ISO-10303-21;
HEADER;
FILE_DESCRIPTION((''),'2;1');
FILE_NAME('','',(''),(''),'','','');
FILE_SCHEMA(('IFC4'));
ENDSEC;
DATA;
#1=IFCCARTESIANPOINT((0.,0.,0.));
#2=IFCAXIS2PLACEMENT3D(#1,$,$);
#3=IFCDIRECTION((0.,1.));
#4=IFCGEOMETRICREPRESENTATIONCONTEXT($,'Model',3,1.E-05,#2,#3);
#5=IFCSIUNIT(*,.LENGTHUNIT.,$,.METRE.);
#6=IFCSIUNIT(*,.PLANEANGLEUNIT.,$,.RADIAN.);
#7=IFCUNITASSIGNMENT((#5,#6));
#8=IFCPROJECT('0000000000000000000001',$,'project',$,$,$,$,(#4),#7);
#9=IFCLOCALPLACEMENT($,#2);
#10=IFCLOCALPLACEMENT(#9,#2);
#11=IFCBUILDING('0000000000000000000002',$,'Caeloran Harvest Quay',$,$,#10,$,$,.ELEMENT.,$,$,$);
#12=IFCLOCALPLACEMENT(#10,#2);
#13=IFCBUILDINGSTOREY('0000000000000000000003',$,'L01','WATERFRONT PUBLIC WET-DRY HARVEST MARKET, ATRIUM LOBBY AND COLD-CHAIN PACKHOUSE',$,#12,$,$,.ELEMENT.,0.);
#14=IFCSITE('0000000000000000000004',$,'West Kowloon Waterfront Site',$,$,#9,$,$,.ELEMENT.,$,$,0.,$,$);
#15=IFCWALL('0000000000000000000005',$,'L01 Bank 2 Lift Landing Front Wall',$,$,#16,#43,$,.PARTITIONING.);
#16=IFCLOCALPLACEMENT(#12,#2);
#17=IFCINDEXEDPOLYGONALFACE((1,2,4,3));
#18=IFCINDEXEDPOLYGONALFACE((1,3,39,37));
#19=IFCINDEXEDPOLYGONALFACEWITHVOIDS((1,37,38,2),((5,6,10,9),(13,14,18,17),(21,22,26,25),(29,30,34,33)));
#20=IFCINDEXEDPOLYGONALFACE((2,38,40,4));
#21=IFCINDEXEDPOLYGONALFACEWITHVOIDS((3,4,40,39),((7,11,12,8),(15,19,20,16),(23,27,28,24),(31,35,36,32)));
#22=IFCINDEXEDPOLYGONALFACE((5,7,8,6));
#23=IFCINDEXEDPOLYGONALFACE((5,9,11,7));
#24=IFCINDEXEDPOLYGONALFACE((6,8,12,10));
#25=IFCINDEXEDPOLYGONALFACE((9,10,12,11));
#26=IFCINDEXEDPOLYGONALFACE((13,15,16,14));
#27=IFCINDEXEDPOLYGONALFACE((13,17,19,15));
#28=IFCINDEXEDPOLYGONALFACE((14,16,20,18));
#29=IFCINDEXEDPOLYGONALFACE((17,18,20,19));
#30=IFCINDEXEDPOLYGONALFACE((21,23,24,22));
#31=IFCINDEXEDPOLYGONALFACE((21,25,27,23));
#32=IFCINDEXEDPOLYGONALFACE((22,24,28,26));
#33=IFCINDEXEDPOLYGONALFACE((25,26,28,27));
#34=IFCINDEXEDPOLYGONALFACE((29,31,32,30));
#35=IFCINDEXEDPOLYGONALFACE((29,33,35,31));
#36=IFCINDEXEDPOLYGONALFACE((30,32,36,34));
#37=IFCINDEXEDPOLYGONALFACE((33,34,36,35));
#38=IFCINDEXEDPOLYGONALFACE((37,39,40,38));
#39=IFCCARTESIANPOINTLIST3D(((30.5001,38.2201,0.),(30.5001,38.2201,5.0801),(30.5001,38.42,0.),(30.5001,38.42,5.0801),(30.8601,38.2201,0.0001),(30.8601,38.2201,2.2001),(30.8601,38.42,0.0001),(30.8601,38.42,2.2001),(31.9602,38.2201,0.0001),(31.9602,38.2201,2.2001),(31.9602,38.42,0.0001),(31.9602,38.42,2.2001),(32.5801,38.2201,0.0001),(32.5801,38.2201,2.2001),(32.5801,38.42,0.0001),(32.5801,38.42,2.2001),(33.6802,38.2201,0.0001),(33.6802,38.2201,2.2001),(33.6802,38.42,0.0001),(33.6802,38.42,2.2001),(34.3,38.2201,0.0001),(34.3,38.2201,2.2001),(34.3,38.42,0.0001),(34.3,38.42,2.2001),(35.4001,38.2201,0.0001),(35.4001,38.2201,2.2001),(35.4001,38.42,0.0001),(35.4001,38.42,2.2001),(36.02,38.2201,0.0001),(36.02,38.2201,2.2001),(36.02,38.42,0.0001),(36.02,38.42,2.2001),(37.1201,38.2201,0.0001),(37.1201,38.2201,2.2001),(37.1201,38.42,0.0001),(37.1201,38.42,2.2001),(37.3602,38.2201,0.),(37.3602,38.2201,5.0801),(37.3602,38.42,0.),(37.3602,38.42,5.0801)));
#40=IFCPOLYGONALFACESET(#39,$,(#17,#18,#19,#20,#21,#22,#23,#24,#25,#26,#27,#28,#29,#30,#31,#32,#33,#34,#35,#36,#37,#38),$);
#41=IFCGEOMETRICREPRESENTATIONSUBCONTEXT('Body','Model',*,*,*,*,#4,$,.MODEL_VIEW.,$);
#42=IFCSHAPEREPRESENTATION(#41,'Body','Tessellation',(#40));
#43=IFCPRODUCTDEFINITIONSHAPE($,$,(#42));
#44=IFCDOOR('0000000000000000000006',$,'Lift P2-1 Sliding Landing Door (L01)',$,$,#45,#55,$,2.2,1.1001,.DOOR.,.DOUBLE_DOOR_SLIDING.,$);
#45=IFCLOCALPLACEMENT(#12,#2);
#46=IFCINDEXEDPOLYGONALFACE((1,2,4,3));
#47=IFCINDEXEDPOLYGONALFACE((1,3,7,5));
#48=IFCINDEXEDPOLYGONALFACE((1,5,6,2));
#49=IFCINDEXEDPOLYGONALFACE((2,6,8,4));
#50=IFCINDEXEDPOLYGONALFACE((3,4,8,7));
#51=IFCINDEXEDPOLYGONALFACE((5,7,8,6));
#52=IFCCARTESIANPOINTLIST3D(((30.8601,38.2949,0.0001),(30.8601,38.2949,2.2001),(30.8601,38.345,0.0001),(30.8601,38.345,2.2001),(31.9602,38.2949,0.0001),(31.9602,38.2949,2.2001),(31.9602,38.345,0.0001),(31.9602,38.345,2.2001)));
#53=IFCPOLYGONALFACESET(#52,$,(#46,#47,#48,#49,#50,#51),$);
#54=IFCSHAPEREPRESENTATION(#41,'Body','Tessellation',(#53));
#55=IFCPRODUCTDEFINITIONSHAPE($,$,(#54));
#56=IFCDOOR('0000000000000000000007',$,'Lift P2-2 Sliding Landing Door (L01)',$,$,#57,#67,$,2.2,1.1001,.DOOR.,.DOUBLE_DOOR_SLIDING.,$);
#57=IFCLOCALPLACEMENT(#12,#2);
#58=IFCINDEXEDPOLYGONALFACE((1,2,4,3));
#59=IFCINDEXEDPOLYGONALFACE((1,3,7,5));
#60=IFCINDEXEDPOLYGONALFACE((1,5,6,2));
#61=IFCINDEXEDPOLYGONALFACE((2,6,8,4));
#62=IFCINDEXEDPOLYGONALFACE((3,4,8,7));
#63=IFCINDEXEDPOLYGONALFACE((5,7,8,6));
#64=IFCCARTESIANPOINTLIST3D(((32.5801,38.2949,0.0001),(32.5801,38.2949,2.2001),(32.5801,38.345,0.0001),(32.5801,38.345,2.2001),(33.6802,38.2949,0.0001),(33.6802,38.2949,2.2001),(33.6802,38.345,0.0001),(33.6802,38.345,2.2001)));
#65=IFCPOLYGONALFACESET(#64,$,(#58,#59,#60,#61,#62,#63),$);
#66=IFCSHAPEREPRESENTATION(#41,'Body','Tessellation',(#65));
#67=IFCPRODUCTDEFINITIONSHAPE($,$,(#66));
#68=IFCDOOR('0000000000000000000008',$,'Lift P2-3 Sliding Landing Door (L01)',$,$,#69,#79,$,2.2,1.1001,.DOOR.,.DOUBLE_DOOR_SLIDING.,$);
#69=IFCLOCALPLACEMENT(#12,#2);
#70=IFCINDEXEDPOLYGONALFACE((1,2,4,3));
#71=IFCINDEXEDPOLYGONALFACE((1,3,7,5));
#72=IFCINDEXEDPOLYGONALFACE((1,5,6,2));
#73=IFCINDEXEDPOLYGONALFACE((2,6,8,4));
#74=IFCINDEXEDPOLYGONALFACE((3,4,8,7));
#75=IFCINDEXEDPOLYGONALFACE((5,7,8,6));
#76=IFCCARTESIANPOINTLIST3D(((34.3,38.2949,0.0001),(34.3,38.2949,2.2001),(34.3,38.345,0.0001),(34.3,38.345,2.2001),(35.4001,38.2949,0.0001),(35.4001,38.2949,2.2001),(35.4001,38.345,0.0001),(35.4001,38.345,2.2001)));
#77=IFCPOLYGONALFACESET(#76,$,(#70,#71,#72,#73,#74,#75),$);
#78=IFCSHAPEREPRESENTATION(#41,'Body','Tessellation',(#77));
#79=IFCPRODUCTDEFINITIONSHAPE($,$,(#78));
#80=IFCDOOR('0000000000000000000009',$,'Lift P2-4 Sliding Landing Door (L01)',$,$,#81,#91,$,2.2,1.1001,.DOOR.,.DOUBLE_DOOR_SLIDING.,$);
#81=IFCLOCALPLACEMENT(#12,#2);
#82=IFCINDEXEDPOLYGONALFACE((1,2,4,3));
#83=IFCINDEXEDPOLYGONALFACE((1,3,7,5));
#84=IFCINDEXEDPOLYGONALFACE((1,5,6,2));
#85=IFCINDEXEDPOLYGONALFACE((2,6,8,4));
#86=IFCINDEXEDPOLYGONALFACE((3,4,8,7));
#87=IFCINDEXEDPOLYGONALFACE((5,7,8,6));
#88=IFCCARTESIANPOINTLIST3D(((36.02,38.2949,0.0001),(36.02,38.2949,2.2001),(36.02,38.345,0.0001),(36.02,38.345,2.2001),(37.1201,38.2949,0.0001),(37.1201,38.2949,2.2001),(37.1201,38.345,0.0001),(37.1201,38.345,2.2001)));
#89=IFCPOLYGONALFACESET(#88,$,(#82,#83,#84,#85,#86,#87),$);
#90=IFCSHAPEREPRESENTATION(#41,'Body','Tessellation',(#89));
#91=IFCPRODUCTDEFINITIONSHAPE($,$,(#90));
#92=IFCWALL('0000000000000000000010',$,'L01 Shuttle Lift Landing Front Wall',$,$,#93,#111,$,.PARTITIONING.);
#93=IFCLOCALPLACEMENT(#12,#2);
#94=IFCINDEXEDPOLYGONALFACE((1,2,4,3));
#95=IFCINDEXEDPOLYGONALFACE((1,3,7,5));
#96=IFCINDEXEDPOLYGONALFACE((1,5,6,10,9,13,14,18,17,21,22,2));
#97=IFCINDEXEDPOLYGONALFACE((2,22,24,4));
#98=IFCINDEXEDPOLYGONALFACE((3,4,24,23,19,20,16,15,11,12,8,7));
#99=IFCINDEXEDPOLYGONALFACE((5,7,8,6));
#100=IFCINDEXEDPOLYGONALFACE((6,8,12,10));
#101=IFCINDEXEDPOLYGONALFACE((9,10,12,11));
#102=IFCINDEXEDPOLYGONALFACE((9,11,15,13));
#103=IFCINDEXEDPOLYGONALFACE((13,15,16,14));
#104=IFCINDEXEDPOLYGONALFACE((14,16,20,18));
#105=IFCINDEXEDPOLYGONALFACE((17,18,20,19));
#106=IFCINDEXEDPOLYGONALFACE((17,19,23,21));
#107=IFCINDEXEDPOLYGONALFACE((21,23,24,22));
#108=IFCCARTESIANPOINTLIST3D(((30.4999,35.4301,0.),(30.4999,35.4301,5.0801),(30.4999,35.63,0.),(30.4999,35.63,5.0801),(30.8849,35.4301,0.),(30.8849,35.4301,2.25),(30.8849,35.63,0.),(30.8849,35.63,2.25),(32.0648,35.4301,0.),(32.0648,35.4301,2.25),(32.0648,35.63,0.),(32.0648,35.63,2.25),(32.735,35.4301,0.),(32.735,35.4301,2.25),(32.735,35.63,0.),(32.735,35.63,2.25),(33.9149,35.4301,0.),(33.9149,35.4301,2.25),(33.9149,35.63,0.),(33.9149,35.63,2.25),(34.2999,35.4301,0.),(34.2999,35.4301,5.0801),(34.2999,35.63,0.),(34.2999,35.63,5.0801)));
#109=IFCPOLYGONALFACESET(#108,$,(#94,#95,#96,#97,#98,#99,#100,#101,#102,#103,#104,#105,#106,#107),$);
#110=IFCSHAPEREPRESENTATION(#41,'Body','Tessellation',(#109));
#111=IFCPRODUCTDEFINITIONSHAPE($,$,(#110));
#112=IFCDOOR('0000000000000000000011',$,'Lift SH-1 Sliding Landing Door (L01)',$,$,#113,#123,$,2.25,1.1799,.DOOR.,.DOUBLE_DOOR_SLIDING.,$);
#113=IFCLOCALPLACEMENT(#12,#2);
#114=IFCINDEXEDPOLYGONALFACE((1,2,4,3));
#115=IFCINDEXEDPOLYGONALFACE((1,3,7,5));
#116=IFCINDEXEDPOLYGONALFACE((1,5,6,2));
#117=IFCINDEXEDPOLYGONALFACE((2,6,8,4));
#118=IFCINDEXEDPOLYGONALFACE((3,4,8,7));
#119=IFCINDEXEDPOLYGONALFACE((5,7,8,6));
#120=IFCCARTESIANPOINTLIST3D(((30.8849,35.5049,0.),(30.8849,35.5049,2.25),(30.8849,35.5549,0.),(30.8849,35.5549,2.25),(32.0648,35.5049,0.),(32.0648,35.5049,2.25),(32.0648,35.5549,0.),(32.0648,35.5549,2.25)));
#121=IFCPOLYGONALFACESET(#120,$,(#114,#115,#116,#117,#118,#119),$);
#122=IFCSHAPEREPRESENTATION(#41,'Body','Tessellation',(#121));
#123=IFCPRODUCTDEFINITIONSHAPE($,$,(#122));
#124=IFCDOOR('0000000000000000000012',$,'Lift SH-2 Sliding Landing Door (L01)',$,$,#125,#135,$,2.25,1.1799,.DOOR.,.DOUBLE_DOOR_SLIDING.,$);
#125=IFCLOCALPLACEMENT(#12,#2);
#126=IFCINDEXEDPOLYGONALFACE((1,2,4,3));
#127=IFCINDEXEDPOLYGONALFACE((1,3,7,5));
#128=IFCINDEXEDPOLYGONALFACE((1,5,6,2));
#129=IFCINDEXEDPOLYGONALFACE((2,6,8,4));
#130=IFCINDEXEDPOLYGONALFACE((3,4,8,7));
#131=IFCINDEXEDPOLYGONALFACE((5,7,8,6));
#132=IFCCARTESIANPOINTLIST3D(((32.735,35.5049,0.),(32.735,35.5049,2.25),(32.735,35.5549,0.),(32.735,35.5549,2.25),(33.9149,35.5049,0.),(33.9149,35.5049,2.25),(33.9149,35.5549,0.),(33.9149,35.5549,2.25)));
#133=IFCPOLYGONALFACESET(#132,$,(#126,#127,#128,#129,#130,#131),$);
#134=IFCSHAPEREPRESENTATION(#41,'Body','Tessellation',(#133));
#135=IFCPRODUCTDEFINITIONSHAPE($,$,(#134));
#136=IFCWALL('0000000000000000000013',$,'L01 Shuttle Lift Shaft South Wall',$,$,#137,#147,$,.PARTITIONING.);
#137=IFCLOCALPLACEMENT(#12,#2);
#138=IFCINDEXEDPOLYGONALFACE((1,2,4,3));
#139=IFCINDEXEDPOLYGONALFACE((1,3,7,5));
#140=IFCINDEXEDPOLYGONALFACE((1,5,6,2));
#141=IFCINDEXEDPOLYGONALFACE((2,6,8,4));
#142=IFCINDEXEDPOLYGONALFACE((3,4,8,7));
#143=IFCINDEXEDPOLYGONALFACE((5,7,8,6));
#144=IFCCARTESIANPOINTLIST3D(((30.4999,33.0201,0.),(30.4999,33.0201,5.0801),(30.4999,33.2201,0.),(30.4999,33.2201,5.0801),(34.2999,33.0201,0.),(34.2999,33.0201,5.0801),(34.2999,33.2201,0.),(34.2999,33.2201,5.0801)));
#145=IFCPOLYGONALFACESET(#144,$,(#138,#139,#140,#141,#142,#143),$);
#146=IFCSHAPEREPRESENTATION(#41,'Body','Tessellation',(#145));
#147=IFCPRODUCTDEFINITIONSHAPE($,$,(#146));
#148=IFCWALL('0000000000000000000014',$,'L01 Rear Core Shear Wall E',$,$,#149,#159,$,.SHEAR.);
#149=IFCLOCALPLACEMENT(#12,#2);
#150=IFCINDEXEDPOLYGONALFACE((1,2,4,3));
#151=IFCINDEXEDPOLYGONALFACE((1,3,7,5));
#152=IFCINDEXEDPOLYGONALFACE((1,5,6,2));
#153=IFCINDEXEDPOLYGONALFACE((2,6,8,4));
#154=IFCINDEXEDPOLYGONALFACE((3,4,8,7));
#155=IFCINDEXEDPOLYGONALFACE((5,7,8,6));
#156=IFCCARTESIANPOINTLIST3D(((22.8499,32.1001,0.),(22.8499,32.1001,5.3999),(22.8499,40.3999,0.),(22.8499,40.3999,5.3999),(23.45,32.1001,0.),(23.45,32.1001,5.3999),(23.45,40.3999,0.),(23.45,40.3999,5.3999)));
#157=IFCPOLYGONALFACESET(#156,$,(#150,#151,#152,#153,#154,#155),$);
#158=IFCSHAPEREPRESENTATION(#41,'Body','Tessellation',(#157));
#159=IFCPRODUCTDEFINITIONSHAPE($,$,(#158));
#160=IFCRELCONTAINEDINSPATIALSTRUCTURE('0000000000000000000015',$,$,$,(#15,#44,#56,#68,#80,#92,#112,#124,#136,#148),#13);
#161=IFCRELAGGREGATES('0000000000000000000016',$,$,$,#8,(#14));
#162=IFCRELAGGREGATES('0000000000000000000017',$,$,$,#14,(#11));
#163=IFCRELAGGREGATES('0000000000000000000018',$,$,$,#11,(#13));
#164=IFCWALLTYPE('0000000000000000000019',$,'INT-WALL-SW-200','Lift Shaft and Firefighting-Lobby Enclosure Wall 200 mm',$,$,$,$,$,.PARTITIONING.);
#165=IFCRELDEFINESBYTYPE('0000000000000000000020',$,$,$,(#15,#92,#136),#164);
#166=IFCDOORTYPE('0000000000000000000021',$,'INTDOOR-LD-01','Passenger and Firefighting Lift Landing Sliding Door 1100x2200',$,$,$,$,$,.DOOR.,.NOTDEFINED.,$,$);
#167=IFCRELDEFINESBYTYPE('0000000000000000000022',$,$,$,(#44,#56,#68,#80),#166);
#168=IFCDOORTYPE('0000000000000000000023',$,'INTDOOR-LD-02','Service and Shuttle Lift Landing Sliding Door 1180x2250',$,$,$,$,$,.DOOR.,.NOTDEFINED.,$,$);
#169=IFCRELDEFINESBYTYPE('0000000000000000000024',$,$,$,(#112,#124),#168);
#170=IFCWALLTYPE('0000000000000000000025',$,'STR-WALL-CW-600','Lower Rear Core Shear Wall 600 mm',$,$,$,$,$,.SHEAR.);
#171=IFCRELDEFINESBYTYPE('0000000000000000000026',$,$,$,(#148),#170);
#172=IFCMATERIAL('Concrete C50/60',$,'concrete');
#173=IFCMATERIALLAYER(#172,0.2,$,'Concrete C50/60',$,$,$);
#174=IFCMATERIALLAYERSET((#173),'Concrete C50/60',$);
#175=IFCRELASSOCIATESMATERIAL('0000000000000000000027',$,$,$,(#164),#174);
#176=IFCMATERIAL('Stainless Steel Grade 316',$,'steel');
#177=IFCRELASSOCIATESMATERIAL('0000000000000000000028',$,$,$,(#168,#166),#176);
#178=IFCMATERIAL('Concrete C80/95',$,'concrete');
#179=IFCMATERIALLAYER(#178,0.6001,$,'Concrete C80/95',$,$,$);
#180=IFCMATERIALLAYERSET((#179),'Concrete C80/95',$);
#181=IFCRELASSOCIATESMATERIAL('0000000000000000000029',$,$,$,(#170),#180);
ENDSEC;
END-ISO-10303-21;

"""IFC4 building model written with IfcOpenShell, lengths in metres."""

from ifc_helpers import new_model, si_unit, direction, frame, frame_2d, origin, place, context, subcontext, project, spatial, rectangle, extrude, material, layer, layer_set, type_object, element, fill, save


model = new_model("IFC4")

# Units and contexts
model_context = context("Model", 3, precision=1e-05, world=origin(), true_north=direction((0.0, 1.0)))
body_context = subcontext(model_context, "Body", "Model", "MODEL_VIEW")
ifc_project = project(units=[si_unit("LENGTHUNIT", "METRE"), si_unit("PLANEANGLEUNIT", "RADIAN")], contexts=[model_context])

# Site, building, storey
site_placement = place(None, origin())
site = spatial("IfcSite", under=ifc_project, at=site_placement, Name="West Kowloon Waterfront Site", CompositionType="ELEMENT", RefElevation=0.0)
building_placement = place(site_placement, origin())
building = spatial("IfcBuilding", under=site, at=building_placement, Name="Caeloran Harvest Quay", CompositionType="ELEMENT")
storey_placement = place(building_placement, origin())
storey = spatial("IfcBuildingStorey", under=building, at=storey_placement, Name="L01", Description="WATERFRONT PUBLIC WET-DRY HARVEST MARKET, ATRIUM LOBBY AND COLD-CHAIN PACKHOUSE", CompositionType="ELEMENT", Elevation=0.0)

# Shared definitions
ifc_material_1 = material(Name="Concrete C50/60", Category="concrete")
ifc_layer_1 = layer(ifc_material_1, 0.2, Name="Concrete C50/60")
ifc_layer_set_1 = layer_set([ifc_layer_1], Name="Concrete C50/60")
wall_type_1 = type_object("IfcWallType", Name="INT-WALL-SW-200", Description="Lift Shaft and Firefighting-Lobby Enclosure Wall 200 mm", PredefinedType="PARTITIONING", material=ifc_layer_set_1)
ifc_material_2 = material(Name="Stainless Steel Grade 316", Category="steel")
door_type_1 = type_object("IfcDoorType", Name="INTDOOR-LD-02", Description="Service and Shuttle Lift Landing Sliding Door 1180x2250", OperationType="NOTDEFINED", PredefinedType="DOOR", material=ifc_material_2)

# Shared definitions
door_type_2 = type_object("IfcDoorType", Name="INTDOOR-LD-01", Description="Passenger and Firefighting Lift Landing Sliding Door 1100x2200", OperationType="NOTDEFINED", PredefinedType="DOOR", material=ifc_material_2)

# Walls, openings, doors
wall_1_placement = place(storey_placement, frame((30.5, 38.3201, 0.0), z_axis=(0.0, 0.0, 1.0), x_axis=(1.0, 0.0, 0.0)))
wall_1 = element("IfcWall", 1, at=wall_1_placement, inside=storey, type_object=wall_type_1, Name="L01 Bank 2 Lift Landing Front Wall", PredefinedType="PARTITIONING", context=body_context, shape_type="SweptSolid", body=[
    extrude(rectangle(XDim=6.8601, YDim=0.2, at=frame_2d((3.4302, 0.0))), origin(), (0.0, 0.0, 1.0), 5.0801),
])
opening_1_placement = place(wall_1_placement, frame((0.3601, 0.0, 0.0)))
opening_1 = element("IfcOpeningElement", 2, at=opening_1_placement, cuts=wall_1, PredefinedType="OPENING", context=body_context, shape_type="SweptSolid", body=[
    extrude(rectangle(XDim=1.1001, YDim=2.2, at=frame_2d((0.55, 1.1001))), frame((0.0, 0.1099, 0.0), z_axis=(0.0, -1.0, 0.0), x_axis=(1.0, 0.0, 0.0)), (0.0, 0.0, 1.0), 0.22),
])
opening_2_placement = place(wall_1_placement, frame((2.0801, 0.0, 0.0)))
opening_2 = element("IfcOpeningElement", 3, at=opening_2_placement, cuts=wall_1, PredefinedType="OPENING", context=body_context, shape_type="SweptSolid", body=[
    extrude(rectangle(XDim=1.1001, YDim=2.2, at=frame_2d((0.55, 1.1001))), frame((0.0, 0.1099, 0.0), z_axis=(0.0, -1.0, 0.0), x_axis=(1.0, 0.0, 0.0)), (0.0, 0.0, 1.0), 0.22),
])
opening_3_placement = place(wall_1_placement, frame((3.8, 0.0, 0.0)))
opening_3 = element("IfcOpeningElement", 4, at=opening_3_placement, cuts=wall_1, PredefinedType="OPENING", context=body_context, shape_type="SweptSolid", body=[
    extrude(rectangle(XDim=1.1001, YDim=2.2, at=frame_2d((0.55, 1.1001))), frame((0.0, 0.1099, 0.0), z_axis=(0.0, -1.0, 0.0), x_axis=(1.0, 0.0, 0.0)), (0.0, 0.0, 1.0), 0.22),
])
opening_4_placement = place(wall_1_placement, frame((5.52, 0.0, 0.0)))
opening_4 = element("IfcOpeningElement", 5, at=opening_4_placement, cuts=wall_1, PredefinedType="OPENING", context=body_context, shape_type="SweptSolid", body=[
    extrude(rectangle(XDim=1.1001, YDim=2.2, at=frame_2d((0.55, 1.1001))), frame((0.0, 0.1099, 0.0), z_axis=(0.0, -1.0, 0.0), x_axis=(1.0, 0.0, 0.0)), (0.0, 0.0, 1.0), 0.22),
])
door_1_placement = place(opening_1_placement, origin())
door_1 = element("IfcDoor", 6, at=door_1_placement, inside=storey, type_object=door_type_2, Name="Lift P2-1 Sliding Landing Door (L01)", OperationType="DOUBLE_DOOR_SLIDING", OverallHeight=2.2, OverallWidth=1.1001, PredefinedType="DOOR", context=body_context, shape_type="SweptSolid", body=[
    extrude(rectangle(XDim=1.1001, YDim=2.2, at=frame_2d((0.55, 1.1001))), frame((0.0, 0.0249, 0.0), z_axis=(0.0, -1.0, 0.0), x_axis=(1.0, 0.0, 0.0)), (0.0, 0.0, 1.0), 0.05),
])
fill(opening_1, door_1)
door_2_placement = place(opening_2_placement, origin())
door_2 = element("IfcDoor", 7, at=door_2_placement, inside=storey, type_object=door_type_2, Name="Lift P2-2 Sliding Landing Door (L01)", OperationType="DOUBLE_DOOR_SLIDING", OverallHeight=2.2, OverallWidth=1.1001, PredefinedType="DOOR", context=body_context, shape_type="SweptSolid", body=[
    extrude(rectangle(XDim=1.1001, YDim=2.2, at=frame_2d((0.55, 1.1001))), frame((0.0, 0.0249, 0.0), z_axis=(0.0, -1.0, 0.0), x_axis=(1.0, 0.0, 0.0)), (0.0, 0.0, 1.0), 0.05),
])
fill(opening_2, door_2)
door_3_placement = place(opening_3_placement, origin())
door_3 = element("IfcDoor", 8, at=door_3_placement, inside=storey, type_object=door_type_2, Name="Lift P2-3 Sliding Landing Door (L01)", OperationType="DOUBLE_DOOR_SLIDING", OverallHeight=2.2, OverallWidth=1.1001, PredefinedType="DOOR", context=body_context, shape_type="SweptSolid", body=[
    extrude(rectangle(XDim=1.1001, YDim=2.2, at=frame_2d((0.55, 1.1001))), frame((0.0, 0.0249, 0.0), z_axis=(0.0, -1.0, 0.0), x_axis=(1.0, 0.0, 0.0)), (0.0, 0.0, 1.0), 0.05),
])
fill(opening_3, door_3)
door_4_placement = place(opening_4_placement, origin())
door_4 = element("IfcDoor", 9, at=door_4_placement, inside=storey, type_object=door_type_2, Name="Lift P2-4 Sliding Landing Door (L01)", OperationType="DOUBLE_DOOR_SLIDING", OverallHeight=2.2, OverallWidth=1.1001, PredefinedType="DOOR", context=body_context, shape_type="SweptSolid", body=[
    extrude(rectangle(XDim=1.1001, YDim=2.2, at=frame_2d((0.55, 1.1001))), frame((0.0, 0.0249, 0.0), z_axis=(0.0, -1.0, 0.0), x_axis=(1.0, 0.0, 0.0)), (0.0, 0.0, 1.0), 0.05),
])
fill(opening_4, door_4)
wall_2_placement = place(storey_placement, frame((30.5, 35.53, 0.0), z_axis=(0.0, 0.0, 1.0), x_axis=(1.0, 0.0, 0.0)))
wall_2 = element("IfcWall", 10, at=wall_2_placement, inside=storey, type_object=wall_type_1, Name="L01 Shuttle Lift Landing Front Wall", PredefinedType="PARTITIONING", context=body_context, shape_type="SweptSolid", body=[
    extrude(rectangle(XDim=3.8, YDim=0.2, at=frame_2d((1.8999, 0.0))), origin(), (0.0, 0.0, 1.0), 5.0801),
])
opening_5_placement = place(wall_2_placement, frame((0.385, 0.0, 0.0)))
opening_5 = element("IfcOpeningElement", 11, at=opening_5_placement, cuts=wall_2, PredefinedType="OPENING", context=body_context, shape_type="SweptSolid", body=[
    extrude(rectangle(XDim=1.1799, YDim=2.25, at=frame_2d((0.5898, 1.125))), frame((0.0, 0.1099, 0.0), z_axis=(0.0, -1.0, 0.0), x_axis=(1.0, 0.0, 0.0)), (0.0, 0.0, 1.0), 0.22),
])
opening_6_placement = place(wall_2_placement, frame((2.2351, 0.0, 0.0)))
opening_6 = element("IfcOpeningElement", 12, at=opening_6_placement, cuts=wall_2, PredefinedType="OPENING", context=body_context, shape_type="SweptSolid", body=[
    extrude(rectangle(XDim=1.1799, YDim=2.25, at=frame_2d((0.5898, 1.125))), frame((0.0, 0.1099, 0.0), z_axis=(0.0, -1.0, 0.0), x_axis=(1.0, 0.0, 0.0)), (0.0, 0.0, 1.0), 0.22),
])
door_5_placement = place(opening_5_placement, origin())
door_5 = element("IfcDoor", 13, at=door_5_placement, inside=storey, type_object=door_type_1, Name="Lift SH-1 Sliding Landing Door (L01)", OperationType="DOUBLE_DOOR_SLIDING", OverallHeight=2.25, OverallWidth=1.1799, PredefinedType="DOOR", context=body_context, shape_type="SweptSolid", body=[
    extrude(rectangle(XDim=1.1799, YDim=2.25, at=frame_2d((0.5898, 1.125))), frame((0.0, 0.0249, 0.0), z_axis=(0.0, -1.0, 0.0), x_axis=(1.0, 0.0, 0.0)), (0.0, 0.0, 1.0), 0.05),
])
fill(opening_5, door_5)
door_6_placement = place(opening_6_placement, origin())
door_6 = element("IfcDoor", 14, at=door_6_placement, inside=storey, type_object=door_type_1, Name="Lift SH-2 Sliding Landing Door (L01)", OperationType="DOUBLE_DOOR_SLIDING", OverallHeight=2.25, OverallWidth=1.1799, PredefinedType="DOOR", context=body_context, shape_type="SweptSolid", body=[
    extrude(rectangle(XDim=1.1799, YDim=2.25, at=frame_2d((0.5898, 1.125))), frame((0.0, 0.0249, 0.0), z_axis=(0.0, -1.0, 0.0), x_axis=(1.0, 0.0, 0.0)), (0.0, 0.0, 1.0), 0.05),
])
fill(opening_6, door_6)

# Walls
wall_3_placement = place(storey_placement, frame((30.5, 33.1201, 0.0), z_axis=(0.0, 0.0, 1.0), x_axis=(1.0, 0.0, 0.0)))
element("IfcWall", 15, at=wall_3_placement, inside=storey, type_object=wall_type_1, Name="L01 Shuttle Lift Shaft South Wall", PredefinedType="PARTITIONING", context=body_context, shape_type="SweptSolid", body=[
    extrude(rectangle(XDim=3.8, YDim=0.2, at=frame_2d((1.8999, 0.0))), origin(), (0.0, 0.0, 1.0), 5.0801),
])
ifc_material_3 = material(Name="Concrete C80/95", Category="concrete")
ifc_layer_2 = layer(ifc_material_3, 0.6001, Name="Concrete C80/95")
ifc_layer_set_2 = layer_set([ifc_layer_2], Name="Concrete C80/95")
wall_type_2 = type_object("IfcWallType", Name="STR-WALL-CW-600", Description="Lower Rear Core Shear Wall 600 mm", PredefinedType="SHEAR", material=ifc_layer_set_2)
wall_4_placement = place(storey_placement, frame((23.1499, 32.1001, 0.0), z_axis=(0.0, 0.0, 1.0), x_axis=(0.0, 1.0, 0.0)))
element("IfcWall", 16, at=wall_4_placement, inside=storey, type_object=wall_type_2, Name="L01 Rear Core Shear Wall E", PredefinedType="SHEAR", context=body_context, shape_type="SweptSolid", body=[
    extrude(rectangle(XDim=8.2998, YDim=0.6001, at=frame_2d((4.1499, 0.0))), origin(), (0.0, 0.0, 1.0), 5.3999),
])

save(model, "model.ifc")
